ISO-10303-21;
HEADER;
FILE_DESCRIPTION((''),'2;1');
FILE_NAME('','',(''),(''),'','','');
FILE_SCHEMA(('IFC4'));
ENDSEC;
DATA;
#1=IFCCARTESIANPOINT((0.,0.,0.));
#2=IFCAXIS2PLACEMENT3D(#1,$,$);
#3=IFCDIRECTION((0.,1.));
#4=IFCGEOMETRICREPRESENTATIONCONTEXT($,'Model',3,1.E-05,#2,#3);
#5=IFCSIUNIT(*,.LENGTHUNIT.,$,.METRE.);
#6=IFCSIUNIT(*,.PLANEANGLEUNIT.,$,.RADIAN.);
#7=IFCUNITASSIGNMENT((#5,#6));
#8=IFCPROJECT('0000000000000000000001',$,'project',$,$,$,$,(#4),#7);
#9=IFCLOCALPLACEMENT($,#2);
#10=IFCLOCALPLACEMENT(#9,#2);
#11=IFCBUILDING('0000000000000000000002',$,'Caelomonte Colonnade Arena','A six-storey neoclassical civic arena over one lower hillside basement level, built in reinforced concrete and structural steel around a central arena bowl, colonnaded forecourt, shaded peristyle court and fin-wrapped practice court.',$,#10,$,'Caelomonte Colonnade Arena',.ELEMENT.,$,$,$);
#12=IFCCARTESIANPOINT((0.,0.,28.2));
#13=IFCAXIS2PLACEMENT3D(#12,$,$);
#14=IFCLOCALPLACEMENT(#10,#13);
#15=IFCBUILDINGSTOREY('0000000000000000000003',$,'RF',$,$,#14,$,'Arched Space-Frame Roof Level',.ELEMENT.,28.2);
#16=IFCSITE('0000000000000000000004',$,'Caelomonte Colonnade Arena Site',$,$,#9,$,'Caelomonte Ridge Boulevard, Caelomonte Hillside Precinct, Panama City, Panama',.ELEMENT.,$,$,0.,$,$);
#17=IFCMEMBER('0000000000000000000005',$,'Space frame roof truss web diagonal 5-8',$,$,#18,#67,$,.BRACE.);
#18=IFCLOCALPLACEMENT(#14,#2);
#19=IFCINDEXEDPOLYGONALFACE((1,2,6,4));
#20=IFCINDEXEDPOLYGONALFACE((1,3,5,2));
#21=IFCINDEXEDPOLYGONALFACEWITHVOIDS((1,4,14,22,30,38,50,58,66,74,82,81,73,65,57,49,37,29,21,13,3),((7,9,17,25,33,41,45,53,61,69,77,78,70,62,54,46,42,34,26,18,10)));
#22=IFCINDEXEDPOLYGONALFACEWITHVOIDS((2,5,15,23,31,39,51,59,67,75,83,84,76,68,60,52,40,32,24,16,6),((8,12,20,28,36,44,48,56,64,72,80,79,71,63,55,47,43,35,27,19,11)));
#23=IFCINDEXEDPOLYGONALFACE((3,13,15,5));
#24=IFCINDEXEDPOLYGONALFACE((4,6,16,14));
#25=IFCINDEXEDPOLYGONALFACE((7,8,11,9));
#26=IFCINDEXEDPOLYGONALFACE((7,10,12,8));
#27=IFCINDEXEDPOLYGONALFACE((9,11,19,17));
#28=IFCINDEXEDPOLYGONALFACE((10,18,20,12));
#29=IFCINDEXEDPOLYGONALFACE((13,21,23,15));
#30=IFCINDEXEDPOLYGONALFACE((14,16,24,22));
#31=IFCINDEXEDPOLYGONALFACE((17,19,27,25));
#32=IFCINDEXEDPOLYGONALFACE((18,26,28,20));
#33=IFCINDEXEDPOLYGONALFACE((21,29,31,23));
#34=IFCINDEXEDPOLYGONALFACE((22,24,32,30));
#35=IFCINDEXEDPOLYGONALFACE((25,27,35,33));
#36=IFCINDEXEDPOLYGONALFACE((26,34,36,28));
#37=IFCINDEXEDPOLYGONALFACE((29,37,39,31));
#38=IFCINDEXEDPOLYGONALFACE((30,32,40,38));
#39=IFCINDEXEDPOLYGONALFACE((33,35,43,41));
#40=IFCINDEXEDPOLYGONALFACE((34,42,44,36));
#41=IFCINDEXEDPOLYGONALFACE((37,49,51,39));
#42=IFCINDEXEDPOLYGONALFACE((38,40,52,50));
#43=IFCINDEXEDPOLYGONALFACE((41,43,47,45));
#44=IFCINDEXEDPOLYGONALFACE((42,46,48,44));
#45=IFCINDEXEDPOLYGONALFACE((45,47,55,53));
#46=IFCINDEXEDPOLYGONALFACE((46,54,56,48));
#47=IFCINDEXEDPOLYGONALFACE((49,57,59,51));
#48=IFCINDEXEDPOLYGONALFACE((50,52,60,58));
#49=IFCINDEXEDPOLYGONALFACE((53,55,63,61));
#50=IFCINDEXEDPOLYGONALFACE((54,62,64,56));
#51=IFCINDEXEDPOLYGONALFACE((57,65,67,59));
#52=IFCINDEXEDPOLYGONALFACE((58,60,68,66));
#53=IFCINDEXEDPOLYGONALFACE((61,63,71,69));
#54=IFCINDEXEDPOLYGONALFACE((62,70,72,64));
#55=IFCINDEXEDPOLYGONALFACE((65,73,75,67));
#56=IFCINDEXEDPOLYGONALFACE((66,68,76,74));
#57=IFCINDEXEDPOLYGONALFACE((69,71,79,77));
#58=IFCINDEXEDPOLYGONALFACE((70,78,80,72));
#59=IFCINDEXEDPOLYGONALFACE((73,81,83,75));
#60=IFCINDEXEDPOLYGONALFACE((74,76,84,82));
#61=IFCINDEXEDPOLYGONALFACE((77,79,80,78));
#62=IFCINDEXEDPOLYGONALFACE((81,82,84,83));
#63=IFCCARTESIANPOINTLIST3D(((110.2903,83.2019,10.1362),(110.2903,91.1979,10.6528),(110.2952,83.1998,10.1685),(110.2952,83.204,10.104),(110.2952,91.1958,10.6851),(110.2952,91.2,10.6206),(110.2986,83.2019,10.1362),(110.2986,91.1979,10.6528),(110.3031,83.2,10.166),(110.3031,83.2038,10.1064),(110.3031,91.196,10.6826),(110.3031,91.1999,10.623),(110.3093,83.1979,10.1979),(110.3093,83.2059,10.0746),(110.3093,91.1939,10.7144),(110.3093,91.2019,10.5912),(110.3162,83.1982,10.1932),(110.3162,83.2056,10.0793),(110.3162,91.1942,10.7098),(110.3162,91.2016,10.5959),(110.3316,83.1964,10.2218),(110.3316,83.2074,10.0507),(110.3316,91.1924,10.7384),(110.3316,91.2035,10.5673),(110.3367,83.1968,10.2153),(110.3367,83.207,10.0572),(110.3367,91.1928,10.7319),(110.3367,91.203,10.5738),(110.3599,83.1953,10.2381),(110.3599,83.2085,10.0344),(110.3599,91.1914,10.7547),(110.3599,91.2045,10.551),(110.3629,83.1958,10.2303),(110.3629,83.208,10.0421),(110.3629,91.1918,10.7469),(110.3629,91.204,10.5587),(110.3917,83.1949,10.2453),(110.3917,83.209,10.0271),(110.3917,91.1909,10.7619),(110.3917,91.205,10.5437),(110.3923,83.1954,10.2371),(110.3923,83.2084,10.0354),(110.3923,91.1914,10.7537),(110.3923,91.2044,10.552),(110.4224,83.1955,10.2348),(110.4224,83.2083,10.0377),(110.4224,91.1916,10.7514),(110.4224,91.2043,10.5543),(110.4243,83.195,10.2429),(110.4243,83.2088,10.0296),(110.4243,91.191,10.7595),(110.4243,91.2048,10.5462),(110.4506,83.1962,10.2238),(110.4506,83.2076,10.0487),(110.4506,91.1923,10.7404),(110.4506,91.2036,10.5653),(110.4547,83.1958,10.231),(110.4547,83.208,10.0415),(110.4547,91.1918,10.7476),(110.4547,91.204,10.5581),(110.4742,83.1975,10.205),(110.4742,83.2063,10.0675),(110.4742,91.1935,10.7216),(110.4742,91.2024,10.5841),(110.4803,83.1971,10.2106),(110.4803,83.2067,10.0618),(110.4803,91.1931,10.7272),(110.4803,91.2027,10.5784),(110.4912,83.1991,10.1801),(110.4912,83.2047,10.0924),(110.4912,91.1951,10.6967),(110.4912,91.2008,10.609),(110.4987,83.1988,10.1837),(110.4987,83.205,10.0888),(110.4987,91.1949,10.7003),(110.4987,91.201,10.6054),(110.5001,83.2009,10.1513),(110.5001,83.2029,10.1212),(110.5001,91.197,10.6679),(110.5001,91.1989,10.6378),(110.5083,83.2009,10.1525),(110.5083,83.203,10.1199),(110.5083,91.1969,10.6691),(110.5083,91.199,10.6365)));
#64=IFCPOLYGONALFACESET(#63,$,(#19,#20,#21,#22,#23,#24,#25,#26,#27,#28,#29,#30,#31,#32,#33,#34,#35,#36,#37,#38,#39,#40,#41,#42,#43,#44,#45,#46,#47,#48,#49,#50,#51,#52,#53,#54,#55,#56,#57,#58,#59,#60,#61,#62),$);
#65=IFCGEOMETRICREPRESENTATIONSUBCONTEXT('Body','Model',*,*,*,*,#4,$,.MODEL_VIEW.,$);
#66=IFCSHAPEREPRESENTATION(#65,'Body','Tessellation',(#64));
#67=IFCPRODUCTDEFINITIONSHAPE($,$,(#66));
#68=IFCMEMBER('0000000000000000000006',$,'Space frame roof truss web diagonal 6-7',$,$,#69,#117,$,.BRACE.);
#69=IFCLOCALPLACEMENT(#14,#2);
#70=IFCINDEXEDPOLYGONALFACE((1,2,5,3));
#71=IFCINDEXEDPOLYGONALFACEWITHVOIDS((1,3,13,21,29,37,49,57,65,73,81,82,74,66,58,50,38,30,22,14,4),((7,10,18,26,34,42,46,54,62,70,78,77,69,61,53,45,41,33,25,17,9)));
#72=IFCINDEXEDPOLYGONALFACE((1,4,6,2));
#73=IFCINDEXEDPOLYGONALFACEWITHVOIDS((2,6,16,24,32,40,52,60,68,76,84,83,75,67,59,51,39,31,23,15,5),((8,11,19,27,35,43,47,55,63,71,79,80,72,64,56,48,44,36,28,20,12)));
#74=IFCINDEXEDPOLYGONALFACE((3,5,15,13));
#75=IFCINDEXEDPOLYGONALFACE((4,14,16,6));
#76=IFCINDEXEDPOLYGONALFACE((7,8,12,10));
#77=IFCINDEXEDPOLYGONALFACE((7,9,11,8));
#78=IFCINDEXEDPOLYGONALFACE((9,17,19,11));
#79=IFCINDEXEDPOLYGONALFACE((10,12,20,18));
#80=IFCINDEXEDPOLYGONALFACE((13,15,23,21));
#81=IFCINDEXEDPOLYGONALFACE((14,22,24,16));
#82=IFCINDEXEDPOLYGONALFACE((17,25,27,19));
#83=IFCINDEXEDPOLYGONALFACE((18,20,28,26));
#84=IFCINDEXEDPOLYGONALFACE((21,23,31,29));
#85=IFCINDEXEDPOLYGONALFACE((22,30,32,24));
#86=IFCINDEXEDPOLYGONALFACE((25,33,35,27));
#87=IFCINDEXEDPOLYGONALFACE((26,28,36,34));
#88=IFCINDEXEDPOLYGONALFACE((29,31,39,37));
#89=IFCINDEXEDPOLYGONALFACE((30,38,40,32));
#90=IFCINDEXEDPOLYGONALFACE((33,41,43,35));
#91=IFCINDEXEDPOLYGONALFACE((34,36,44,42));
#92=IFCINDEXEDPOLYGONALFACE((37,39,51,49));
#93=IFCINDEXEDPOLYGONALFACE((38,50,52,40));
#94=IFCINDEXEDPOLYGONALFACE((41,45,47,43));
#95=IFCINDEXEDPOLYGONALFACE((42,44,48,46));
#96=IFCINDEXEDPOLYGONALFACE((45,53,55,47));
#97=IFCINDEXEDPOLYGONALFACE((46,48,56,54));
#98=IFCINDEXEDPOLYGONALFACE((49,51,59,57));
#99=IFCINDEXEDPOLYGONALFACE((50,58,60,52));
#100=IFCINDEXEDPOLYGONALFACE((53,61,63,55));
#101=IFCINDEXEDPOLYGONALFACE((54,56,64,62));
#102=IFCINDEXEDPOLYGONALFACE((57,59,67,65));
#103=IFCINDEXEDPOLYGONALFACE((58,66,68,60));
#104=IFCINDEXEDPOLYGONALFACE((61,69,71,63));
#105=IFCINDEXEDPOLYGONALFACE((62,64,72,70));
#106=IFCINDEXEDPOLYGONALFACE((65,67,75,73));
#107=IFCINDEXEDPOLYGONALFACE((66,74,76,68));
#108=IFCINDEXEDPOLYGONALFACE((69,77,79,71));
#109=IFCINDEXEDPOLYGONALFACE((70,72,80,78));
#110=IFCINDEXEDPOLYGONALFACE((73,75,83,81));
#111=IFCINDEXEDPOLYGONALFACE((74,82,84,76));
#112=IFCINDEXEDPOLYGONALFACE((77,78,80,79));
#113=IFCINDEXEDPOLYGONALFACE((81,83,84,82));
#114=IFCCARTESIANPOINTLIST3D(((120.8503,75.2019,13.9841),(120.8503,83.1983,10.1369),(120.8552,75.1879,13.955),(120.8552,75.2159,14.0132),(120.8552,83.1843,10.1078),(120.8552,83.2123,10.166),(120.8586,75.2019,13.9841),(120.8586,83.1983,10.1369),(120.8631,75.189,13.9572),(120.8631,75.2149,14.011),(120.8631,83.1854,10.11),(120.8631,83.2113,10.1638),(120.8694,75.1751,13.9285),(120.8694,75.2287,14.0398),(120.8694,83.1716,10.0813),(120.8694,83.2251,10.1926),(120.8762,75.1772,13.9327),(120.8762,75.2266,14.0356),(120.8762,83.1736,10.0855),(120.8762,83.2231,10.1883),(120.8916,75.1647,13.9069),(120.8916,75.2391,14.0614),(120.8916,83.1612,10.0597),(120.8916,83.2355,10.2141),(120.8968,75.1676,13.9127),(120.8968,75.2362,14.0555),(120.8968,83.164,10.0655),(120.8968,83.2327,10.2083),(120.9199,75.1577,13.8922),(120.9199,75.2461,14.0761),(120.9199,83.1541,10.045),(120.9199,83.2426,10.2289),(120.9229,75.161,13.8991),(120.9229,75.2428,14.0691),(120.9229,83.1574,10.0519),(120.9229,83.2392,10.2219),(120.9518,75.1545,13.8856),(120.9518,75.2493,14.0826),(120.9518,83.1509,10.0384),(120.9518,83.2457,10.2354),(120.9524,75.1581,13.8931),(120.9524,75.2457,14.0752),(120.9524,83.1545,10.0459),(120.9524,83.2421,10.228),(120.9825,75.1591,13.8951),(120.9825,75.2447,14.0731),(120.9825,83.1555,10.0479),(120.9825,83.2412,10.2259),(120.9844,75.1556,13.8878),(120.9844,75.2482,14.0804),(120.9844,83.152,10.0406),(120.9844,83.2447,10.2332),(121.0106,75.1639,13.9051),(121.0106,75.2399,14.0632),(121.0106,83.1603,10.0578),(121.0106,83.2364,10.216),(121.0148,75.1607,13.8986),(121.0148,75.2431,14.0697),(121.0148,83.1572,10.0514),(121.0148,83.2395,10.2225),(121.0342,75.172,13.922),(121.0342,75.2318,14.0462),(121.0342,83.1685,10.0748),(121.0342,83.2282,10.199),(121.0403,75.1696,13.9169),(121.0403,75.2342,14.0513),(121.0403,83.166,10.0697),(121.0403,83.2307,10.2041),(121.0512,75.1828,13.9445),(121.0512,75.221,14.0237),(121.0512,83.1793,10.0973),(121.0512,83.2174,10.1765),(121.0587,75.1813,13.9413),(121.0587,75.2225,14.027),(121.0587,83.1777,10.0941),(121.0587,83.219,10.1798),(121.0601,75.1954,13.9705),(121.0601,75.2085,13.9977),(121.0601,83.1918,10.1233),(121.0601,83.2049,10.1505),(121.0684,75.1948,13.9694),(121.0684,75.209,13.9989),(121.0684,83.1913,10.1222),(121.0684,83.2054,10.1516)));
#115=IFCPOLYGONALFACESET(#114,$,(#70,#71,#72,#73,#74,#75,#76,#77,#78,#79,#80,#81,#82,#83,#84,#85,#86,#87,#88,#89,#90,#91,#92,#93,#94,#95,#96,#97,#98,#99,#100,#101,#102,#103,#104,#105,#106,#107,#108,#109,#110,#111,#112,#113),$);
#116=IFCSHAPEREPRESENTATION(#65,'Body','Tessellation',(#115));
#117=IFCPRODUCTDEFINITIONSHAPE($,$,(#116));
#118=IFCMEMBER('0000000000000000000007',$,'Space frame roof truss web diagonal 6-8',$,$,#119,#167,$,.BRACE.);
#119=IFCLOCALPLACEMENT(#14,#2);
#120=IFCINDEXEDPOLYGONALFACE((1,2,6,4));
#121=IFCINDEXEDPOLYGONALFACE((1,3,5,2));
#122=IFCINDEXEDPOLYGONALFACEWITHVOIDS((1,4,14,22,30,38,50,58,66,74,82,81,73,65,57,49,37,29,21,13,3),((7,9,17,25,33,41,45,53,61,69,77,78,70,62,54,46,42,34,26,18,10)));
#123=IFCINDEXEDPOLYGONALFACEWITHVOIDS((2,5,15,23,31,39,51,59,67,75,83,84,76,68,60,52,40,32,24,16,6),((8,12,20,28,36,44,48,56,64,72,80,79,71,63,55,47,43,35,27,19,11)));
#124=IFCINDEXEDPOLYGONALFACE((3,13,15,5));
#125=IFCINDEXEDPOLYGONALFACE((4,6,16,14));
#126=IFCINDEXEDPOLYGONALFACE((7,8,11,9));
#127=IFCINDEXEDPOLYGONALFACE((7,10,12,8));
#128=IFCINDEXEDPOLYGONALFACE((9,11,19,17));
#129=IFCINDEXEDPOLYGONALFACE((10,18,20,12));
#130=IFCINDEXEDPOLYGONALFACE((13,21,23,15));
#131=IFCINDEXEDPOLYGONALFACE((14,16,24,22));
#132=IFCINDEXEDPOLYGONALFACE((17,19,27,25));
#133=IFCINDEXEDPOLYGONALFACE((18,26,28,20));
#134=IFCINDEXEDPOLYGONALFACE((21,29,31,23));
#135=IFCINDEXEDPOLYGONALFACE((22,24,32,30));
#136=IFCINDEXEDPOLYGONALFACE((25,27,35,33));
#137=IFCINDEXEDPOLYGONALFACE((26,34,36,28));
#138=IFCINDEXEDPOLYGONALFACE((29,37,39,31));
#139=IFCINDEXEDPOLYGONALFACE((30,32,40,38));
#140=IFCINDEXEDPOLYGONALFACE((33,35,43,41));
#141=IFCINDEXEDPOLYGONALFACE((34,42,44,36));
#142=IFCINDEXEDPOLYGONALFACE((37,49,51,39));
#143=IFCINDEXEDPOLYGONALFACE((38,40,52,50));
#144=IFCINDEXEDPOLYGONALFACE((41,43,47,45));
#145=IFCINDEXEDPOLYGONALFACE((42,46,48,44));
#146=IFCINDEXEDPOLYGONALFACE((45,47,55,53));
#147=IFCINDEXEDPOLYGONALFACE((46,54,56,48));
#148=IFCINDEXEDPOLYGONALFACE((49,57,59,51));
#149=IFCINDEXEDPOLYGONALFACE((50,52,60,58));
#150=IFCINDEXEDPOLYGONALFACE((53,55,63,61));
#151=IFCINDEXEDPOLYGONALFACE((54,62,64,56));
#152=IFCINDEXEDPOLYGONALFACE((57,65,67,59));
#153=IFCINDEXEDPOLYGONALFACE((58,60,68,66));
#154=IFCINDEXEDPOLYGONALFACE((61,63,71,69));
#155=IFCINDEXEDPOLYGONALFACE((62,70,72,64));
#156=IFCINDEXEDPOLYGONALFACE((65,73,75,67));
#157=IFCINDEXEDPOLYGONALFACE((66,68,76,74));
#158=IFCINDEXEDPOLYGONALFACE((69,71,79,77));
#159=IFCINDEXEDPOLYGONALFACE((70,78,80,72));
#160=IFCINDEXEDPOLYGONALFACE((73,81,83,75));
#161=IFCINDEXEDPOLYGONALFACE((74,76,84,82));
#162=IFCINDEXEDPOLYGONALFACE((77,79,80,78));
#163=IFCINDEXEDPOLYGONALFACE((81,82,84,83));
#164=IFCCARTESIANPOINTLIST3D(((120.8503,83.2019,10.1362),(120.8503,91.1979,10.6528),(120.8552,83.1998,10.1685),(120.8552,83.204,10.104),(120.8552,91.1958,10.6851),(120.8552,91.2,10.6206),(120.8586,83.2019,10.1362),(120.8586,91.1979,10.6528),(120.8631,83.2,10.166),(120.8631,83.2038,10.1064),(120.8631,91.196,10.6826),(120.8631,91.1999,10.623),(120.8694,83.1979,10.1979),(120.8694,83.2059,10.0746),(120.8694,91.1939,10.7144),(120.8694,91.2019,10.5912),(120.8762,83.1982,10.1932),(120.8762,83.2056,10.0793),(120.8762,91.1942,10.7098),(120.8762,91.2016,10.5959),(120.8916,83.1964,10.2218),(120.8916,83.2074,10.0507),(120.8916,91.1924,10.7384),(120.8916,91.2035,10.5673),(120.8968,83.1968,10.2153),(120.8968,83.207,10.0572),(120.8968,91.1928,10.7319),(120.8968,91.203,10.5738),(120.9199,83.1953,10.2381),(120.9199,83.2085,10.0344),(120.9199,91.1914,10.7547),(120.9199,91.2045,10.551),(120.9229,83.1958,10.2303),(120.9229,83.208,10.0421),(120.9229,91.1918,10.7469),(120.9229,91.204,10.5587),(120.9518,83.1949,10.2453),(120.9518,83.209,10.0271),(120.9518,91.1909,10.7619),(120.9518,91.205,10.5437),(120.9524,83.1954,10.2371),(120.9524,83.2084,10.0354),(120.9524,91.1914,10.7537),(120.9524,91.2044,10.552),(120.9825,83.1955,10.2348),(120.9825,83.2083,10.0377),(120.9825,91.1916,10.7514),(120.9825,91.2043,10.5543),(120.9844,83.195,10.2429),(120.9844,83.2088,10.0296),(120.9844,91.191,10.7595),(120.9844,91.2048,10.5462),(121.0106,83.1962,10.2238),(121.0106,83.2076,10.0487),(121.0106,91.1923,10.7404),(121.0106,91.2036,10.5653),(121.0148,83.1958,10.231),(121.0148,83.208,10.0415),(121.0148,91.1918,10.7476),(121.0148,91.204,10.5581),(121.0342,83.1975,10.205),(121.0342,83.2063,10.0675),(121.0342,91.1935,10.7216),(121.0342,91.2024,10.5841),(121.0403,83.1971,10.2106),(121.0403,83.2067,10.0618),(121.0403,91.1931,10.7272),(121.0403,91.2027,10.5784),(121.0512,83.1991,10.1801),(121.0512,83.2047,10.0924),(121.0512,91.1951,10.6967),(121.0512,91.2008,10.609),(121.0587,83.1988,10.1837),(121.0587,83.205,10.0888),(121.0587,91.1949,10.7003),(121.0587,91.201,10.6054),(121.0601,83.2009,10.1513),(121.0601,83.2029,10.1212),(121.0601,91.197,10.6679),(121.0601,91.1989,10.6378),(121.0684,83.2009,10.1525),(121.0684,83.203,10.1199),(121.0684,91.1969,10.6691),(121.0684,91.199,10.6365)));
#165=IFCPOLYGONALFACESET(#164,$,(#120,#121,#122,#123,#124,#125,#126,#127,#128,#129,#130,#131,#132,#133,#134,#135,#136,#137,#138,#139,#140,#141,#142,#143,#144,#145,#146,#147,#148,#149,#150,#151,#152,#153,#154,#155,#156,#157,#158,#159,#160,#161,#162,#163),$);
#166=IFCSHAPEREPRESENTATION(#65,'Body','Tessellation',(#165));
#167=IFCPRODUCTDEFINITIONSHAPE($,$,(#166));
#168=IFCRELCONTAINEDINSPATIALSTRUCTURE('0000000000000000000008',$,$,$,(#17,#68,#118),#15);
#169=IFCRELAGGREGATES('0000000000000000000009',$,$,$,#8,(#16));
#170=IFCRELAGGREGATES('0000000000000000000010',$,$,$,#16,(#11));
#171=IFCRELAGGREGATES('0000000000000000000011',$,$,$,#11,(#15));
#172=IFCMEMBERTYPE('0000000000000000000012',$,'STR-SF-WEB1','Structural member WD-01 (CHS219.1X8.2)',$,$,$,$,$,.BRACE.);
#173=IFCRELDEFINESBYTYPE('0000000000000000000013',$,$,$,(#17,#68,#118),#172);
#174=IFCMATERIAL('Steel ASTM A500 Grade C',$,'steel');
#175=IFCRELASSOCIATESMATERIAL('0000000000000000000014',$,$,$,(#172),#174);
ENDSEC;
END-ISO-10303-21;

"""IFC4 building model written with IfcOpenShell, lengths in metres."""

from ifc_helpers import new_model, si_unit, direction, frame, origin, origin_2d, place, context, subcontext, project, spatial, hollow_circle, extrude, material, material_profile, profile_set, type_object, element, save


model = new_model("IFC4")

# Units and contexts
model_context = context("Model", 3, precision=1e-05, world=origin(), true_north=direction((0.0, 1.0)))
body_context = subcontext(model_context, "Body", "Model", "MODEL_VIEW")
ifc_project = project(units=[si_unit("LENGTHUNIT", "METRE"), si_unit("PLANEANGLEUNIT", "RADIAN")], contexts=[model_context])

# Site, building, storey
site_placement = place(None, origin())
site = spatial("IfcSite", under=ifc_project, at=site_placement, Name="Caelomonte Colonnade Arena Site", LongName="Caelomonte Ridge Boulevard, Caelomonte Hillside Precinct, Panama City, Panama", CompositionType="ELEMENT", RefElevation=0.0)
building_placement = place(site_placement, origin())
building = spatial("IfcBuilding", under=site, at=building_placement, Name="Caelomonte Colonnade Arena", Description="A six-storey neoclassical civic arena over one lower hillside basement level, built in reinforced concrete and structural steel around a central arena bowl, colonnaded forecourt, shaded peristyle court and fin-wrapped practice court.", LongName="Caelomonte Colonnade Arena", CompositionType="ELEMENT")
storey_placement = place(building_placement, frame((0.0, 0.0, 28.2)))
storey = spatial("IfcBuildingStorey", under=building, at=storey_placement, Name="RF", LongName="Arched Space-Frame Roof Level", CompositionType="ELEMENT", Elevation=28.2)

# Members
ifc_material_1 = material(Name="Steel ASTM A500 Grade C", Category="steel")
ifc_material_profile_1 = material_profile(ifc_material_1, hollow_circle(Radius=0.1096, WallThickness=0.0083, at=origin_2d()), Name="CHS219.1X8.2")
ifc_profile_set_1 = profile_set([ifc_material_profile_1], Name="Steel ASTM A500 Grade C")
member_type_1 = type_object("IfcMemberType", Name="STR-SF-WEB1", Description="Structural member WD-01 (CHS219.1X8.2)", PredefinedType="BRACE", material=ifc_profile_set_1)
member_1_placement = place(storey_placement, frame((110.3999, 83.2019, 10.1362), z_axis=(0.0, 0.997919, 0.064472), x_axis=(-1.0, 0.0, 0.0)))
element("IfcMember", 1, at=member_1_placement, inside=storey, type_object=member_type_1, Name="Space frame roof truss web diagonal 5-8", PredefinedType="BRACE", context=body_context, shape_type="SweptSolid", body=[
    extrude(hollow_circle(Radius=0.1096, WallThickness=0.0083, at=origin_2d()), origin(), (0.0, 0.0, 1.0), 8.0127),
])
member_2_placement = place(storey_placement, frame((120.96, 75.2019, 13.9841), z_axis=(0.0, 0.90113, -0.433548), x_axis=(-1.0, 0.0, 0.0)))
element("IfcMember", 2, at=member_2_placement, inside=storey, type_object=member_type_1, Name="Space frame roof truss web diagonal 6-7", PredefinedType="BRACE", context=body_context, shape_type="SweptSolid", body=[
    extrude(hollow_circle(Radius=0.1096, WallThickness=0.0083, at=origin_2d()), origin(), (0.0, 0.0, 1.0), 8.8738),
])
member_3_placement = place(storey_placement, frame((120.96, 83.2019, 10.1362), z_axis=(0.0, 0.997919, 0.064472), x_axis=(-1.0, 0.0, 0.0)))
element("IfcMember", 3, at=member_3_placement, inside=storey, type_object=member_type_1, Name="Space frame roof truss web diagonal 6-8", PredefinedType="BRACE", context=body_context, shape_type="SweptSolid", body=[
    extrude(hollow_circle(Radius=0.1096, WallThickness=0.0083, at=origin_2d()), origin(), (0.0, 0.0, 1.0), 8.0127),
])

save(model, "model.ifc")
